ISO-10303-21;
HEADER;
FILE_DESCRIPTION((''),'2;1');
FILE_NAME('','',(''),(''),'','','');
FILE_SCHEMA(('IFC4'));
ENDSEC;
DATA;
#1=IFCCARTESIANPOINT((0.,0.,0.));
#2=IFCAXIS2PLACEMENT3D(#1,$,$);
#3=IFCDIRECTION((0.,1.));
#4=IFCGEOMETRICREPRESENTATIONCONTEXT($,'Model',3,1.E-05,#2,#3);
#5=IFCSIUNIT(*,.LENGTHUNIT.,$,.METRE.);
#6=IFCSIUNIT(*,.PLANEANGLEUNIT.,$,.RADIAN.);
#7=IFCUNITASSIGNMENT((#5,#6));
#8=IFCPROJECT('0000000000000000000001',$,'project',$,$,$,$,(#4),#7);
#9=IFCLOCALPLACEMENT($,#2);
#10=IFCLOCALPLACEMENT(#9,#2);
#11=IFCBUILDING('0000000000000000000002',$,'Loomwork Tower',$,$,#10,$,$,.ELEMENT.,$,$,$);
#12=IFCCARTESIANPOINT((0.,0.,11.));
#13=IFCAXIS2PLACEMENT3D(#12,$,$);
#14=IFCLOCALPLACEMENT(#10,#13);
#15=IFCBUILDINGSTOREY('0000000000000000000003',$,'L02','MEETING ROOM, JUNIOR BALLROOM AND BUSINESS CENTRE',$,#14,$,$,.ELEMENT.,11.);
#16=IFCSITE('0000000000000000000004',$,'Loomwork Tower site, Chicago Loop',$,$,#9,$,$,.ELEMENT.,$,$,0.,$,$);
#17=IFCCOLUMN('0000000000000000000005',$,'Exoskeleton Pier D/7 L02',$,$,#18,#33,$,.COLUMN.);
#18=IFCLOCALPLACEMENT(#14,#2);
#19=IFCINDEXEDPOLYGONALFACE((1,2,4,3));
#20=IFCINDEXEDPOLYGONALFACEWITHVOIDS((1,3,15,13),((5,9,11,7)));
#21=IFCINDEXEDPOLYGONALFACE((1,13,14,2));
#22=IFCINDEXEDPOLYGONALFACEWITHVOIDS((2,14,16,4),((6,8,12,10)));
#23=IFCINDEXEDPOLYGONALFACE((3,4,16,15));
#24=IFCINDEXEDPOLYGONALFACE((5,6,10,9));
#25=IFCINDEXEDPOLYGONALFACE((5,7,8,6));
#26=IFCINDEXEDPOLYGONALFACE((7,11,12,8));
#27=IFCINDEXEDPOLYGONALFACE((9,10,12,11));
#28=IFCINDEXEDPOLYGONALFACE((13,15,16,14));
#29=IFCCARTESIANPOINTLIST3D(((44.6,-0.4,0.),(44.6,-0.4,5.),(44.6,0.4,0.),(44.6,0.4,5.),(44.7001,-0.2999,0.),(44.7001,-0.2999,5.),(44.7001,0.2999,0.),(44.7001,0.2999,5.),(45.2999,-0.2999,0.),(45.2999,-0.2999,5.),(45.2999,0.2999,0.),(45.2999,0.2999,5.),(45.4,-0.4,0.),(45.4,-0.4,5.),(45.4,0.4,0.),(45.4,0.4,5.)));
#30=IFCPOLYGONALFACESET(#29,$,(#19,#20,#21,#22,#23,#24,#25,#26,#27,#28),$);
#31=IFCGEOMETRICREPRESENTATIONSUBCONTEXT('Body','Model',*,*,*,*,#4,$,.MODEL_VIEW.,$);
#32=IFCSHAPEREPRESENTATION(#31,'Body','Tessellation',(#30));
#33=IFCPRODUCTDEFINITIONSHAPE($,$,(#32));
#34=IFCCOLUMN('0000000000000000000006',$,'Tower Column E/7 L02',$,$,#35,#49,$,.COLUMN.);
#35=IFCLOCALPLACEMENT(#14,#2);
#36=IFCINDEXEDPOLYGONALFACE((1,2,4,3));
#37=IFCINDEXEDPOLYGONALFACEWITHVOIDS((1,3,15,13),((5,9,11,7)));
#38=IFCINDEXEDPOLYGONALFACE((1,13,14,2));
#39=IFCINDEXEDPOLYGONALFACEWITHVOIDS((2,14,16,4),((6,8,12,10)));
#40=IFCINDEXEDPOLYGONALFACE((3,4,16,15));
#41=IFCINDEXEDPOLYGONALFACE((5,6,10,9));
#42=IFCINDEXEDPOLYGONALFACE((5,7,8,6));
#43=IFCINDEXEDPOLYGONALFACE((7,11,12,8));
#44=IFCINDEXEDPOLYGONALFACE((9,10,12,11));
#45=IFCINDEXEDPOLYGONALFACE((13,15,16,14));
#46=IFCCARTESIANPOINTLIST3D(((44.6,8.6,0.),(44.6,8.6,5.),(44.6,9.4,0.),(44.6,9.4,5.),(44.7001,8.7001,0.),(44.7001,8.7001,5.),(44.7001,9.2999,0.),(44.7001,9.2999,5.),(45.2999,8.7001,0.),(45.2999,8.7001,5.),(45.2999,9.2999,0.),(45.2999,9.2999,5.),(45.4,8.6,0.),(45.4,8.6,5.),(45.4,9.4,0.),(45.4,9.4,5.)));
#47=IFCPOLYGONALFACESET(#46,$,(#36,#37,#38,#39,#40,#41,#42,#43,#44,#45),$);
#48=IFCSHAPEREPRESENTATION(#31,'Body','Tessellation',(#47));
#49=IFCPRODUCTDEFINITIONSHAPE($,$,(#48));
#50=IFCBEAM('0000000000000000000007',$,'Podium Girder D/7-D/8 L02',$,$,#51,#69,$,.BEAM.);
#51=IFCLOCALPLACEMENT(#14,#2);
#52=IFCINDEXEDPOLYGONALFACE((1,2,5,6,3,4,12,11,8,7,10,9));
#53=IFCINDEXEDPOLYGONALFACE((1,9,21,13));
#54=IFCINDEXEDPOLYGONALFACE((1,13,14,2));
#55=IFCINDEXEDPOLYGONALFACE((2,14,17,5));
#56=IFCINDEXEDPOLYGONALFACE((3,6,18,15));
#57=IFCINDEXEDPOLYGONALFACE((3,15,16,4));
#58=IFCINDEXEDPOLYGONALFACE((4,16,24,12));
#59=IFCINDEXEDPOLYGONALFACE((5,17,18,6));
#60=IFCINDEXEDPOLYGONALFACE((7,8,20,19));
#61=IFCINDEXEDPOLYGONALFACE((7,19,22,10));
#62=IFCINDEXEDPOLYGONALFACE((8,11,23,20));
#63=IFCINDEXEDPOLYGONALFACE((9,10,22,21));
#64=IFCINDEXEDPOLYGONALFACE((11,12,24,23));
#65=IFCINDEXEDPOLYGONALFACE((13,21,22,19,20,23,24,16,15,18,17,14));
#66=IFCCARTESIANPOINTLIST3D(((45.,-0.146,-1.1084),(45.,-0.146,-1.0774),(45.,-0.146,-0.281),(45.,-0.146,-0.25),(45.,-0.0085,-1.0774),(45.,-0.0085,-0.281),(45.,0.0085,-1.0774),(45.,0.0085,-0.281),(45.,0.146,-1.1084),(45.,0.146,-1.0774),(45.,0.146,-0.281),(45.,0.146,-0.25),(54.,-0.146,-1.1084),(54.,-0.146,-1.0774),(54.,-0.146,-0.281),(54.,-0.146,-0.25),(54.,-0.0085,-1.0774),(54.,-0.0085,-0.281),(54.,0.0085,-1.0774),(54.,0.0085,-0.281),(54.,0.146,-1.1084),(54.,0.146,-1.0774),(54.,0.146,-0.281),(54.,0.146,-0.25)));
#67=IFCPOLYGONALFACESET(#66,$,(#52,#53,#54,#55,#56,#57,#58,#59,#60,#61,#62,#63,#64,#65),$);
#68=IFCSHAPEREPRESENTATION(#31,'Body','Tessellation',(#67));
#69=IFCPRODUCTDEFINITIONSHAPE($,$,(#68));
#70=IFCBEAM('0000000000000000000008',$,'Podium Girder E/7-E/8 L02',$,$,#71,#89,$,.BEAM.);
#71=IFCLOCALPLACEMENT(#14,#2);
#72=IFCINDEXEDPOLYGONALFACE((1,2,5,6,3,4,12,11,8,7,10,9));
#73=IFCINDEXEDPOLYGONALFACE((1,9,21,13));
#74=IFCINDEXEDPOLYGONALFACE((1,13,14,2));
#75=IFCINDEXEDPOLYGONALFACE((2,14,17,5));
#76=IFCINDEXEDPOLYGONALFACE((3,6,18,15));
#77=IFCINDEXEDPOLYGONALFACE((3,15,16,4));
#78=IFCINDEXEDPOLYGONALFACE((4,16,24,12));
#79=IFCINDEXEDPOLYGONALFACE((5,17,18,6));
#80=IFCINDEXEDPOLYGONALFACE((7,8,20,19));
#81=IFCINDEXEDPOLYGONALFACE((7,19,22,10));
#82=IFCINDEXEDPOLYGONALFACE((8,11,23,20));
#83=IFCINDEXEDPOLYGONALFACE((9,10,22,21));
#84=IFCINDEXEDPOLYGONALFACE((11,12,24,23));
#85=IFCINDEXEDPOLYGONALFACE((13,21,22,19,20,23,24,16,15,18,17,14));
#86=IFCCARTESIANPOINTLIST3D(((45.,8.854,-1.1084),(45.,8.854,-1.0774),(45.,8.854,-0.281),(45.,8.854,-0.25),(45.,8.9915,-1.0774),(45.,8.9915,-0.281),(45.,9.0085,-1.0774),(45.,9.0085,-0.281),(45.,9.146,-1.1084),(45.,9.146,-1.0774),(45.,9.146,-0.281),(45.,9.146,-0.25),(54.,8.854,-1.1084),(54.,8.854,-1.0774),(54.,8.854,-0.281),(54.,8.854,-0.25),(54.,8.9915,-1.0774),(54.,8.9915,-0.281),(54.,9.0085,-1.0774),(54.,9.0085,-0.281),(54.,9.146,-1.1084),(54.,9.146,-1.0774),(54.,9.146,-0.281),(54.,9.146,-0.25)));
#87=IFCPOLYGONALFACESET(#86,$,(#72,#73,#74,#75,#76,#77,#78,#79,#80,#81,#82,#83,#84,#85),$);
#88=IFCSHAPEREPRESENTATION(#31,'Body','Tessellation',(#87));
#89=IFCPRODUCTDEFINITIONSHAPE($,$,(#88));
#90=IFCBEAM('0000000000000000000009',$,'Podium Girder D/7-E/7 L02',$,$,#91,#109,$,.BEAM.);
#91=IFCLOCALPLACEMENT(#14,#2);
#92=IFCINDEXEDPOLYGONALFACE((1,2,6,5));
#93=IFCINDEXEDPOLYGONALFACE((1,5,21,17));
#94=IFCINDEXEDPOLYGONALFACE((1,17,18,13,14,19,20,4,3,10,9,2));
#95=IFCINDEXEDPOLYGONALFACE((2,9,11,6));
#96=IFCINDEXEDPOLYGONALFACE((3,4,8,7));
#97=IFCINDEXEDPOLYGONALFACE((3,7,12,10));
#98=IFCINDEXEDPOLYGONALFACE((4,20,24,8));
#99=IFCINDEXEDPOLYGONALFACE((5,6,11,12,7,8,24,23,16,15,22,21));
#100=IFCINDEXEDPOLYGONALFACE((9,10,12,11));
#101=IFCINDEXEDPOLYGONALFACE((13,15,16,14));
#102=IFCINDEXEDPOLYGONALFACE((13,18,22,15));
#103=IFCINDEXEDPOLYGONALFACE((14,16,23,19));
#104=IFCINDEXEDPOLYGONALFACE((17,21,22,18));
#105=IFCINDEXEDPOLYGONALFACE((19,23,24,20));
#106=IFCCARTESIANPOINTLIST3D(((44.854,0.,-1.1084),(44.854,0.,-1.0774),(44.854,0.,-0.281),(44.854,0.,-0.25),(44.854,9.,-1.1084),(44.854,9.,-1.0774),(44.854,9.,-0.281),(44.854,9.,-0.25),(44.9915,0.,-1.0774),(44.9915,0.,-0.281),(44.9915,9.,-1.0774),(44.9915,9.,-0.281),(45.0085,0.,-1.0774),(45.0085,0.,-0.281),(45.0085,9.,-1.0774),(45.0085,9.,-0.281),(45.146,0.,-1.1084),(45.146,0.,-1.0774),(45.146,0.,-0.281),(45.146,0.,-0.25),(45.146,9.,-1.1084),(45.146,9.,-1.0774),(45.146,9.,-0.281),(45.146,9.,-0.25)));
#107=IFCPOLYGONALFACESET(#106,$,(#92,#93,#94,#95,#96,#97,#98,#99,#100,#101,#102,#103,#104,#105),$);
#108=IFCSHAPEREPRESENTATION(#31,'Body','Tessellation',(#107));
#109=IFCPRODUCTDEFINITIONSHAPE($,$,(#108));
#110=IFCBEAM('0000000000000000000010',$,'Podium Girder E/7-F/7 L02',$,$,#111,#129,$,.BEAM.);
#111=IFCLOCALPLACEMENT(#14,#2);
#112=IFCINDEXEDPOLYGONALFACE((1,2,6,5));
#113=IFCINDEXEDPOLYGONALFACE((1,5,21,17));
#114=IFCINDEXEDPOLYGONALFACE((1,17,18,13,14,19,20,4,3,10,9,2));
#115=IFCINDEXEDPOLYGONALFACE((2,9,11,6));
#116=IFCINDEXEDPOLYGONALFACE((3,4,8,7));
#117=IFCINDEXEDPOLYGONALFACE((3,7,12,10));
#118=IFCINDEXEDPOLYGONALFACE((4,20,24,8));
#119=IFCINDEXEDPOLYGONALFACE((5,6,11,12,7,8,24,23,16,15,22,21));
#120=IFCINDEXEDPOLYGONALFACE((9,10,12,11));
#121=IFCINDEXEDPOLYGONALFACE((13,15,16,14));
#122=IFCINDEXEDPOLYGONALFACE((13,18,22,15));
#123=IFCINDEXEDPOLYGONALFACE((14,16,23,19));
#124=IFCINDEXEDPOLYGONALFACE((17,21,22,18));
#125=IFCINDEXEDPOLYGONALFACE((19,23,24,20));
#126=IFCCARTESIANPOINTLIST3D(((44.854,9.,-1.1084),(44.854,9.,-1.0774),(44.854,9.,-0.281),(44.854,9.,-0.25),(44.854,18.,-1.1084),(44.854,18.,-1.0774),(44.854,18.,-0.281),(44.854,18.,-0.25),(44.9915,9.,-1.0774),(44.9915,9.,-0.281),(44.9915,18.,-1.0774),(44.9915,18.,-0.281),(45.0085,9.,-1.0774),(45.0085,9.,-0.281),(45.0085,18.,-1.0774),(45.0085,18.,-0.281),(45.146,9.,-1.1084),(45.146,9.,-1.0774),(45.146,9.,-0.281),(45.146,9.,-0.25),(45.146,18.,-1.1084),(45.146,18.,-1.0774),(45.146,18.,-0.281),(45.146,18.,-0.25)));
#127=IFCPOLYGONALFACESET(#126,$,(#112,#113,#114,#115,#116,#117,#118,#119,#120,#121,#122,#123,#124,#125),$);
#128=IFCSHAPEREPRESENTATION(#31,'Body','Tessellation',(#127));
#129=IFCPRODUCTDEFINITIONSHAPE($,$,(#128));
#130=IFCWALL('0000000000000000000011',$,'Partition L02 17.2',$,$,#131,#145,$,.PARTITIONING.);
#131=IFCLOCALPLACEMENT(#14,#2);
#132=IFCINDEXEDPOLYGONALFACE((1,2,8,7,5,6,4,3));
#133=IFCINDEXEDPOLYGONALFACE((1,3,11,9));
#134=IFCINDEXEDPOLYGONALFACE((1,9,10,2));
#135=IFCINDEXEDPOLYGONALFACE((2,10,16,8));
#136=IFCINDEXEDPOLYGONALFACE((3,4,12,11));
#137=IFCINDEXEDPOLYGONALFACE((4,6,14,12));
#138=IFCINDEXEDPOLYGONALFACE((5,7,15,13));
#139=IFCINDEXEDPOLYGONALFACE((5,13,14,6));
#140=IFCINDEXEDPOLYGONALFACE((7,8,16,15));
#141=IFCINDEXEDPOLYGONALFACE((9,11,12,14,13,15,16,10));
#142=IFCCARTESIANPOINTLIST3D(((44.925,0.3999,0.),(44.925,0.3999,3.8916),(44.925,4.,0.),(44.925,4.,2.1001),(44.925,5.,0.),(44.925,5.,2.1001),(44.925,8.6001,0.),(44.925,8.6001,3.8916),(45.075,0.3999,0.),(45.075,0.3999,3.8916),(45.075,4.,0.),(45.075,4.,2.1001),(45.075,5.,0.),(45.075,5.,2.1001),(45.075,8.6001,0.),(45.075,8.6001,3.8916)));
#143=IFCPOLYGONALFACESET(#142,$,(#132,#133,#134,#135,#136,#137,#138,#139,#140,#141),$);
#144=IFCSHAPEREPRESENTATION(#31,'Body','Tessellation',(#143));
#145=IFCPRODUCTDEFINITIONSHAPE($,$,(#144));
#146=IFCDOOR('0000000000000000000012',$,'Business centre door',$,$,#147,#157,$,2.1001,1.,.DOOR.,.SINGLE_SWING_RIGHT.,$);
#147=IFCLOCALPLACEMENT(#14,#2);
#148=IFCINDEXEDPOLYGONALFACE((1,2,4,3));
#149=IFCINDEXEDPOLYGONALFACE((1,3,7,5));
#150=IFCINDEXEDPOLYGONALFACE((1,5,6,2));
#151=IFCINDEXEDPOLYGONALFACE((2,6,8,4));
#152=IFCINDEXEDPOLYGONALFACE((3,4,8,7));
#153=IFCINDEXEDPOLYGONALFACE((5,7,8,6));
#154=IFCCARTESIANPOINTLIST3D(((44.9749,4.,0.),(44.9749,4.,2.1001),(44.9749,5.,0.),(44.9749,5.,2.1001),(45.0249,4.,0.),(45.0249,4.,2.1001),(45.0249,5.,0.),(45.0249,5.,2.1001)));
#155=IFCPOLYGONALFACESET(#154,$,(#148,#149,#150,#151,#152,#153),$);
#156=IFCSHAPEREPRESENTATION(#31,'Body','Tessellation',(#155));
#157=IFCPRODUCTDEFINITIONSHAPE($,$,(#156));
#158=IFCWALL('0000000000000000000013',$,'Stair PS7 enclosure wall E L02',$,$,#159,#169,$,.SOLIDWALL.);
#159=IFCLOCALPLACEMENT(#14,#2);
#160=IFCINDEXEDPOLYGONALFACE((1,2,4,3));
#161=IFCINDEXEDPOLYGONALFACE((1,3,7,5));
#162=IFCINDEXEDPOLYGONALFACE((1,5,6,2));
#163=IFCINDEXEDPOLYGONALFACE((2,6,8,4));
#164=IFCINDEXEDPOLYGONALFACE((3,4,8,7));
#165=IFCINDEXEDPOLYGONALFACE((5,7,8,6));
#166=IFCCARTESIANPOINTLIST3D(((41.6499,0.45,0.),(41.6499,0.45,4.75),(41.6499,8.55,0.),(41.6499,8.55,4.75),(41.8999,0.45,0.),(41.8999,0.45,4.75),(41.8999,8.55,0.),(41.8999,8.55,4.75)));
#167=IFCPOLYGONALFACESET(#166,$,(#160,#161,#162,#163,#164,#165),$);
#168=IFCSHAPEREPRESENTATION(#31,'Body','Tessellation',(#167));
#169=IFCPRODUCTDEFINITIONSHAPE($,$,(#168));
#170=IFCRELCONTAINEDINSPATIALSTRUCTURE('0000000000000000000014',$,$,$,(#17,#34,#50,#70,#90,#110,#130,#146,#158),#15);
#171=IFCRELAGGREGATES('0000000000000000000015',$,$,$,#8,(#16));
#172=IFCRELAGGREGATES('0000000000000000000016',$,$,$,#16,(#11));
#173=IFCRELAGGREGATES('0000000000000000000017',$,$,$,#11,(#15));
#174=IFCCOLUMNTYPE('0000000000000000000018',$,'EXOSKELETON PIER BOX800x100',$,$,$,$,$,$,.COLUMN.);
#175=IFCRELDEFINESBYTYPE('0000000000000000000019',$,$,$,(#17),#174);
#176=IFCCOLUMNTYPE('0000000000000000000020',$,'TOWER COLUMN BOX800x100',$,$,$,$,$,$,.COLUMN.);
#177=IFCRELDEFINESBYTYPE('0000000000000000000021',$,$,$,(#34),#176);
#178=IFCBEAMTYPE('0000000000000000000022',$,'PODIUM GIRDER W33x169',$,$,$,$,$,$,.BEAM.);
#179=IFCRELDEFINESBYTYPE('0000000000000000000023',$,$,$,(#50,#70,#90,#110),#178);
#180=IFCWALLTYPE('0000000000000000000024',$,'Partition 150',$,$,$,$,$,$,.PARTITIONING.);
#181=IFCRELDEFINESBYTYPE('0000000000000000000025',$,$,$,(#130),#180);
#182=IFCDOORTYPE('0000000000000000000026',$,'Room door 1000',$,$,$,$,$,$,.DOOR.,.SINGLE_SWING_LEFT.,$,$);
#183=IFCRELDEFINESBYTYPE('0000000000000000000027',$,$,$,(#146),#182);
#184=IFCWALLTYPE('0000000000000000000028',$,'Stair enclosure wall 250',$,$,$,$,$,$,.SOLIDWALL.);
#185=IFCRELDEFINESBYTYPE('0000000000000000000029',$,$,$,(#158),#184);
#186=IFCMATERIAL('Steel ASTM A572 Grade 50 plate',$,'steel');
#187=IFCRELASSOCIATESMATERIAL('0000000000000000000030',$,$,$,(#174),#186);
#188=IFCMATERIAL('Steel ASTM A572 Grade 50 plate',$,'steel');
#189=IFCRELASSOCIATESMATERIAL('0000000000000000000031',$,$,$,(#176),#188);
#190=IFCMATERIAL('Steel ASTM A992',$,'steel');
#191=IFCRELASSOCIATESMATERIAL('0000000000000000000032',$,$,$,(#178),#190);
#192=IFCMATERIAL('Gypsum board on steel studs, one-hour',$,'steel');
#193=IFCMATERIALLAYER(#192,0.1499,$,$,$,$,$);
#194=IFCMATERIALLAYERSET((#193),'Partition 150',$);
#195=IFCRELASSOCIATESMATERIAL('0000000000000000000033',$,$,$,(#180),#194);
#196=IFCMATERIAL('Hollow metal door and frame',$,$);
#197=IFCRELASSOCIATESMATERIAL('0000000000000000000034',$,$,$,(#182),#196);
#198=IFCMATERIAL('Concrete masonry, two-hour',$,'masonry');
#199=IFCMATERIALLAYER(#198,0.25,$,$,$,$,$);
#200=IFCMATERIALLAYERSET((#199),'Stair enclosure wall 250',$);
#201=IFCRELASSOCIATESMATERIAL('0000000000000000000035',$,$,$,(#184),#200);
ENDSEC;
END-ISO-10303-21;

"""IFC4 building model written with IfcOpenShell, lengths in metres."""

from ifc_helpers import new_model, si_unit, direction, frame, frame_2d, origin, origin_2d, place, context, subcontext, project, spatial, rectangle, hollow_rectangle, i_section, extrude, material, layer, layer_set, material_profile, profile_set, type_object, element, fill, save


model = new_model("IFC4")

# Units and contexts
model_context = context("Model", 3, precision=1e-05, world=origin(), true_north=direction((0.0, 1.0)))
body_context = subcontext(model_context, "Body", "Model", "MODEL_VIEW")
ifc_project = project(units=[si_unit("LENGTHUNIT", "METRE"), si_unit("PLANEANGLEUNIT", "RADIAN")], contexts=[model_context])

# Site, building, storey
site_placement = place(None, origin())
site = spatial("IfcSite", under=ifc_project, at=site_placement, Name="Loomwork Tower site, Chicago Loop", CompositionType="ELEMENT", RefElevation=0.0)
building_placement = place(site_placement, origin())
building = spatial("IfcBuilding", under=site, at=building_placement, Name="Loomwork Tower", CompositionType="ELEMENT")
storey_placement = place(building_placement, frame((0.0, 0.0, 11.0)))
storey = spatial("IfcBuildingStorey", under=building, at=storey_placement, Name="L02", Description="MEETING ROOM, JUNIOR BALLROOM AND BUSINESS CENTRE", CompositionType="ELEMENT", Elevation=11.0)

# Columns
ifc_material_1 = material(Name="Steel ASTM A572 Grade 50 plate", Category="steel")
ifc_material_profile_1 = material_profile(ifc_material_1, hollow_rectangle(XDim=0.8, YDim=0.8, WallThickness=0.1001, at=origin_2d()), Name="BOX800x100")
ifc_profile_set_1 = profile_set([ifc_material_profile_1], Name="Steel ASTM A572 Grade 50 plate")
column_type_1 = type_object("IfcColumnType", Name="EXOSKELETON PIER BOX800x100", PredefinedType="COLUMN", material=ifc_profile_set_1)
column_1_placement = place(storey_placement, frame((45.0, 0.0, 0.0), z_axis=(0.0, 0.0, 1.0), x_axis=(1.0, 0.0, 0.0)))
element("IfcColumn", 1, at=column_1_placement, inside=storey, type_object=column_type_1, Name="Exoskeleton Pier D/7 L02", PredefinedType="COLUMN", context=body_context, shape_type="SweptSolid", body=[
    extrude(hollow_rectangle(XDim=0.8, YDim=0.8, WallThickness=0.1001, at=origin_2d()), origin(), (0.0, 0.0, 1.0), 5.0),
])
ifc_material_2 = material(Name="Steel ASTM A572 Grade 50 plate", Category="steel")
ifc_material_profile_2 = material_profile(ifc_material_2, hollow_rectangle(XDim=0.8, YDim=0.8, WallThickness=0.1001, at=origin_2d()), Name="BOX800x100")
ifc_profile_set_2 = profile_set([ifc_material_profile_2], Name="Steel ASTM A572 Grade 50 plate")
column_type_2 = type_object("IfcColumnType", Name="TOWER COLUMN BOX800x100", PredefinedType="COLUMN", material=ifc_profile_set_2)
column_2_placement = place(storey_placement, frame((45.0, 9.0, 0.0), z_axis=(0.0, 0.0, 1.0), x_axis=(0.0, 1.0, 0.0)))
element("IfcColumn", 2, at=column_2_placement, inside=storey, type_object=column_type_2, Name="Tower Column E/7 L02", PredefinedType="COLUMN", context=body_context, shape_type="SweptSolid", body=[
    extrude(hollow_rectangle(XDim=0.8, YDim=0.8, WallThickness=0.1001, at=origin_2d()), origin(), (0.0, 0.0, 1.0), 5.0),
])

# Beams
ifc_material_3 = material(Name="Steel ASTM A992", Category="steel")
ifc_material_profile_3 = material_profile(ifc_material_3, i_section(OverallWidth=0.292, OverallDepth=0.8584, WebThickness=0.0171, FlangeThickness=0.031, at=origin_2d()), Name="W33x169")
ifc_profile_set_3 = profile_set([ifc_material_profile_3], Name="Steel ASTM A992")
beam_type = type_object("IfcBeamType", Name="PODIUM GIRDER W33x169", PredefinedType="BEAM", material=ifc_profile_set_3)
for number, where, z_axis, x_axis, name in (
    (3, (45.0, 0.0, -0.6792), (1.0, 0.0, 0.0), (0.0, 1.0, 0.0), "Podium Girder D/7-D/8 L02"),
    (4, (45.0, 9.0, -0.6792), (1.0, 0.0, 0.0), (0.0, 1.0, 0.0), "Podium Girder E/7-E/8 L02"),
    (5, (45.0, 0.0, -0.6792), (0.0, 1.0, 0.0), (-1.0, 0.0, 0.0), "Podium Girder D/7-E/7 L02"),
    (6, (45.0, 9.0, -0.6792), (0.0, 1.0, 0.0), (-1.0, 0.0, 0.0), "Podium Girder E/7-F/7 L02"),
):
    element("IfcBeam", number, at=place(storey_placement, frame(where, z_axis=z_axis, x_axis=x_axis)), inside=storey, type_object=beam_type, Name=name, PredefinedType="BEAM", context=body_context, shape_type="SweptSolid", body=[
        extrude(i_section(OverallWidth=0.292, OverallDepth=0.8584, WebThickness=0.0171, FlangeThickness=0.031, at=origin_2d()), origin(), (0.0, 0.0, 1.0), 9.0),
    ])

# Wall, opening, door
ifc_material_4 = material(Name="Gypsum board on steel studs, one-hour", Category="steel")
ifc_layer_1 = layer(ifc_material_4, 0.1499)
ifc_layer_set_1 = layer_set([ifc_layer_1], Name="Partition 150")
wall_type_1 = type_object("IfcWallType", Name="Partition 150", PredefinedType="PARTITIONING", material=ifc_layer_set_1)
wall_1_placement = place(storey_placement, frame((45.0, 0.3999, 0.0), z_axis=(0.0, 0.0, 1.0), x_axis=(0.0, 1.0, 0.0)))
wall_1 = element("IfcWall", 7, at=wall_1_placement, inside=storey, type_object=wall_type_1, Name="Partition L02 17.2", PredefinedType="PARTITIONING", context=body_context, shape_type="SweptSolid", body=[
    extrude(rectangle(XDim=8.2002, YDim=0.1499, at=frame_2d((4.1001, 0.0))), origin(), (0.0, 0.0, 1.0), 3.8916),
])
opening_1_placement = place(wall_1_placement, frame((3.6001, 0.0, 0.0)))
opening_1 = element("IfcOpeningElement", 8, at=opening_1_placement, cuts=wall_1, PredefinedType="OPENING", context=body_context, shape_type="SweptSolid", body=[
    extrude(rectangle(XDim=1.0, YDim=2.1001, at=frame_2d((0.5, 1.05))), frame((0.0, 0.085, 0.0), z_axis=(0.0, -1.0, 0.0), x_axis=(1.0, 0.0, 0.0)), (0.0, 0.0, 1.0), 0.1699),
])
ifc_material_5 = material(Name="Hollow metal door and frame")
door_type_1 = type_object("IfcDoorType", Name="Room door 1000", OperationType="SINGLE_SWING_LEFT", PredefinedType="DOOR", material=ifc_material_5)
door_1_placement = place(opening_1_placement, frame((1.0, 0.0, 0.0), z_axis=(0.0, 0.0, 1.0), x_axis=(-1.0, 0.0, 0.0)))
door_1 = element("IfcDoor", 9, at=door_1_placement, inside=storey, type_object=door_type_1, Name="Business centre door", OperationType="SINGLE_SWING_RIGHT", OverallHeight=2.1001, OverallWidth=1.0, PredefinedType="DOOR", context=body_context, shape_type="SweptSolid", body=[
    extrude(rectangle(XDim=1.0, YDim=2.1001, at=frame_2d((0.5, 1.05))), frame((0.0, 0.0249, 0.0), z_axis=(0.0, -1.0, 0.0), x_axis=(1.0, 0.0, 0.0)), (0.0, 0.0, 1.0), 0.05),
])
fill(opening_1, door_1)

# Wall
ifc_material_6 = material(Name="Concrete masonry, two-hour", Category="masonry")
ifc_layer_2 = layer(ifc_material_6, 0.25)
ifc_layer_set_2 = layer_set([ifc_layer_2], Name="Stair enclosure wall 250")
wall_type_2 = type_object("IfcWallType", Name="Stair enclosure wall 250", PredefinedType="SOLIDWALL", material=ifc_layer_set_2)
wall_2_placement = place(storey_placement, frame((41.7749, 0.45, 0.0), z_axis=(0.0, 0.0, 1.0), x_axis=(0.0, 1.0, 0.0)))
element("IfcWall", 10, at=wall_2_placement, inside=storey, type_object=wall_type_2, Name="Stair PS7 enclosure wall E L02", PredefinedType="SOLIDWALL", context=body_context, shape_type="SweptSolid", body=[
    extrude(rectangle(XDim=8.1001, YDim=0.25, at=frame_2d((4.05, 0.0))), origin(), (0.0, 0.0, 1.0), 4.75),
])

save(model, "model.ifc")
